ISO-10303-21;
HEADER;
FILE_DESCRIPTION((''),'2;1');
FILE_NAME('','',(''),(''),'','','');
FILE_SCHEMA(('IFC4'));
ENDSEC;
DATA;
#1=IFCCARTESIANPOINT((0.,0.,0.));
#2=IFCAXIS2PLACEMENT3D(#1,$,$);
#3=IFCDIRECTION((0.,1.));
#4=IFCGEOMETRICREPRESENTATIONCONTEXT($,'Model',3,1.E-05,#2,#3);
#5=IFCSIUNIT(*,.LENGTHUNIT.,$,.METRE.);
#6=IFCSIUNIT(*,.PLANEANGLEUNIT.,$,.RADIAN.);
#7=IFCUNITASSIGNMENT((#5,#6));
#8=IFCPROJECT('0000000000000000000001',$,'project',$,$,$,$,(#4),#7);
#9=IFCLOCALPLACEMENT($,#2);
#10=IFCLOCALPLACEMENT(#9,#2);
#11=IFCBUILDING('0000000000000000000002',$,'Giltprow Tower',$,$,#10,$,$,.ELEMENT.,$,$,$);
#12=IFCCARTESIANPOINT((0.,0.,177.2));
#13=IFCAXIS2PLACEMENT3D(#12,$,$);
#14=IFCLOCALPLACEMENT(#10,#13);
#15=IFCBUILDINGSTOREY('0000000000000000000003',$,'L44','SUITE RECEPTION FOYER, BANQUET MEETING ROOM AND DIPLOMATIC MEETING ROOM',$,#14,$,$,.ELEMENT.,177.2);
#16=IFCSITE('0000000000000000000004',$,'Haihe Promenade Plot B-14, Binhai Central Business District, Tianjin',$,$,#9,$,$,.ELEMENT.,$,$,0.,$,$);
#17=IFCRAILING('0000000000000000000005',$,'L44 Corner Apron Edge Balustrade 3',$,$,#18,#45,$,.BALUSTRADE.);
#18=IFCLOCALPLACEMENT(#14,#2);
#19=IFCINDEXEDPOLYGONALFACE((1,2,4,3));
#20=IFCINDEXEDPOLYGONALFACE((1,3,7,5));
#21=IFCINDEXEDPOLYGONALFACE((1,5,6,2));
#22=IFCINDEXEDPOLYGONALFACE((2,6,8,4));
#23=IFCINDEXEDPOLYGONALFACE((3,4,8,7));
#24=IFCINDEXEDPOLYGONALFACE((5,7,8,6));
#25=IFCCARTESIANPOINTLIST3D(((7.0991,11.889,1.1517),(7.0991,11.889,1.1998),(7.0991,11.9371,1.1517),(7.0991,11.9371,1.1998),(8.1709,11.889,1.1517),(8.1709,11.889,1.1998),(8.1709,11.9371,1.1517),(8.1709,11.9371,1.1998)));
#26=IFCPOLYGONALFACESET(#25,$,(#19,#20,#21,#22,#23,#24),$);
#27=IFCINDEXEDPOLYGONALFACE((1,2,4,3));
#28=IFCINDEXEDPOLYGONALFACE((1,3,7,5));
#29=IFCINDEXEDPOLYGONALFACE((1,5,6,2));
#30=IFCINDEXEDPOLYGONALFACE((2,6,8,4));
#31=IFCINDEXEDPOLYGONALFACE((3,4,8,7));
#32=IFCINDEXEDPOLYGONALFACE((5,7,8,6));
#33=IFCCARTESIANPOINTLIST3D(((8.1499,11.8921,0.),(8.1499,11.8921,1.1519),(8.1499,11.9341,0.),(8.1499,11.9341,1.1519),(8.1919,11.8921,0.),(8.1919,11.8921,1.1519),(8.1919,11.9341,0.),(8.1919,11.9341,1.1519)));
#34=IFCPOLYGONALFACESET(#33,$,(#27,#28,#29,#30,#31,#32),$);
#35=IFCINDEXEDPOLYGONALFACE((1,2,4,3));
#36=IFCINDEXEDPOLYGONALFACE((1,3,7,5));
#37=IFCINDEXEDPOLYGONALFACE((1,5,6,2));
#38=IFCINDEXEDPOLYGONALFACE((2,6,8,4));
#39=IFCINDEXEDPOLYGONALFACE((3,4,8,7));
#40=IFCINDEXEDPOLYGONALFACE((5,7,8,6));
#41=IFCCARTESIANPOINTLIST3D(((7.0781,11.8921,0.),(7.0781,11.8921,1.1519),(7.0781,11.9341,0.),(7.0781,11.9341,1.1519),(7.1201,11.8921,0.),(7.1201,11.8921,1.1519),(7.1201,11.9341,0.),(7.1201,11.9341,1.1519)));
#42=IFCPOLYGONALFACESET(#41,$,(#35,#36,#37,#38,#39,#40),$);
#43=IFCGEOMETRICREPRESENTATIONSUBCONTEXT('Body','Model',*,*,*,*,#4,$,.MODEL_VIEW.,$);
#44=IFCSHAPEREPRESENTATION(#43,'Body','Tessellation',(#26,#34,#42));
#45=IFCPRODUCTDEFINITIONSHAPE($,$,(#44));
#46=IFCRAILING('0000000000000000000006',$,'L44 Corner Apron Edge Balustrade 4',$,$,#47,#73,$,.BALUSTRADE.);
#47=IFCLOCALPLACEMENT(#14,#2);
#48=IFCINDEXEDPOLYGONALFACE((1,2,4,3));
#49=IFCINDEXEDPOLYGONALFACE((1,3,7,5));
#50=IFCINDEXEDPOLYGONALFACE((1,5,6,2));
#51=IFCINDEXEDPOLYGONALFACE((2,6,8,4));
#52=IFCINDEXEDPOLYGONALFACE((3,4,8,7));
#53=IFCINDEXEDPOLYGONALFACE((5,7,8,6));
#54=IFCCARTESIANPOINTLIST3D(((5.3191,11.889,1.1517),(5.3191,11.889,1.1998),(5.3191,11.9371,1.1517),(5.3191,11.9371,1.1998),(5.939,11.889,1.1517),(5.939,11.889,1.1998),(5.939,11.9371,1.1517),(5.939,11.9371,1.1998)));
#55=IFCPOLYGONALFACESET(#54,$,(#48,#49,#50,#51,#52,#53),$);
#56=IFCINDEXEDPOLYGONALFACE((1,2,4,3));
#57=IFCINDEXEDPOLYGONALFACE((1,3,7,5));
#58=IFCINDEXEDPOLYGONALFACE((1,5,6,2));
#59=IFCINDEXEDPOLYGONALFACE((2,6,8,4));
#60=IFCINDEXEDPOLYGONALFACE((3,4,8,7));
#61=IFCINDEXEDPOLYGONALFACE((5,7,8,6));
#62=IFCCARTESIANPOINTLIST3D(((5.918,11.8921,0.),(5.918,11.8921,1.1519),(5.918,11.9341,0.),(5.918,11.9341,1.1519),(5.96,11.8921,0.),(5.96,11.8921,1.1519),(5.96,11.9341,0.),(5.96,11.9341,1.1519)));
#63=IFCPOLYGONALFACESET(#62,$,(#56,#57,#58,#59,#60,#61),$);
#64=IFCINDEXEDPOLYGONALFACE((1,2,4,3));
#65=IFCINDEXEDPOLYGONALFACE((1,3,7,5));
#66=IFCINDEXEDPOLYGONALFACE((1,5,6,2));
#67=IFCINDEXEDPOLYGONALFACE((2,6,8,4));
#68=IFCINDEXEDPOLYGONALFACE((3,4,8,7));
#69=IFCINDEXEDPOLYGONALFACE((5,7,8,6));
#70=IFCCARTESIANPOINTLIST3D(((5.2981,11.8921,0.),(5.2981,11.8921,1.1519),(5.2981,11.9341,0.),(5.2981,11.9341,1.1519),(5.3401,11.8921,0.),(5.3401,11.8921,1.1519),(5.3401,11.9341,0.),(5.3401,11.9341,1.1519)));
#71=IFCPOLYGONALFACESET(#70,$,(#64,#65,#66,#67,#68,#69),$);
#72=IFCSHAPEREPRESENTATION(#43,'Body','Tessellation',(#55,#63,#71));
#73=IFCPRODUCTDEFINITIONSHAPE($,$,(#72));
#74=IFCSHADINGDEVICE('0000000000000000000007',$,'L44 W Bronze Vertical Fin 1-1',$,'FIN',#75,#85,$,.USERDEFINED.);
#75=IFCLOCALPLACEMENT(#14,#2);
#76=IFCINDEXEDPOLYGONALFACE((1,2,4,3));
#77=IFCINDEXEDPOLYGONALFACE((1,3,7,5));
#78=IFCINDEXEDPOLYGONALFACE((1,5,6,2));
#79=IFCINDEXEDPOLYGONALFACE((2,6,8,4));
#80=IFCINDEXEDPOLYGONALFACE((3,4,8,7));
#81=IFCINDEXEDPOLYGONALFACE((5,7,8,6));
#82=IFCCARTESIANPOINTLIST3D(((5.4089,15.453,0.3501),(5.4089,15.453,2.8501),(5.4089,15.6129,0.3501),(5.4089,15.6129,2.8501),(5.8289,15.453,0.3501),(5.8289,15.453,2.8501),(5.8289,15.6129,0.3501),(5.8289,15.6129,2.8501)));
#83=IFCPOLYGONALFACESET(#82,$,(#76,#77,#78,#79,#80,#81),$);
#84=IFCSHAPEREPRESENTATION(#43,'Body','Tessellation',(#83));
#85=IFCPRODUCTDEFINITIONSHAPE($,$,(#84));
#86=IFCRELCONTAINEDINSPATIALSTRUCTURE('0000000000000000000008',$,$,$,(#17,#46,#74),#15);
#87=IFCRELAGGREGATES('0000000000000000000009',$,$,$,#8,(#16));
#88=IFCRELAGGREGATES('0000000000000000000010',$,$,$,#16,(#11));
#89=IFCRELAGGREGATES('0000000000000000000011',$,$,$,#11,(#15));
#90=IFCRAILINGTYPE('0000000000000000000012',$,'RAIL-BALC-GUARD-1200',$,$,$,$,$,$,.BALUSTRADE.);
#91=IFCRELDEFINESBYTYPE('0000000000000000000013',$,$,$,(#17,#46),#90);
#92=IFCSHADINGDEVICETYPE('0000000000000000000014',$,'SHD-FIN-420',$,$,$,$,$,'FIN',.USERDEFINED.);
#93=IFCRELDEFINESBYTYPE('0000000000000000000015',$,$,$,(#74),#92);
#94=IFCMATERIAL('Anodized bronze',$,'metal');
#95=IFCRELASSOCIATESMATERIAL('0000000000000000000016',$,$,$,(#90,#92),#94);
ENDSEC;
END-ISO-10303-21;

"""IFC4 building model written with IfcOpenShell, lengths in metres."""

from ifc_helpers import new_model, si_unit, direction, frame, origin, origin_2d, place, context, subcontext, project, spatial, rectangle, extrude, source, transform, mapped, material, type_object, element, save


model = new_model("IFC4")

# Units and contexts
model_context = context("Model", 3, precision=1e-05, world=origin(), true_north=direction((0.0, 1.0)))
body_context = subcontext(model_context, "Body", "Model", "MODEL_VIEW")
ifc_project = project(units=[si_unit("LENGTHUNIT", "METRE"), si_unit("PLANEANGLEUNIT", "RADIAN")], contexts=[model_context])

# Site, building, storey
site_placement = place(None, origin())
site = spatial("IfcSite", under=ifc_project, at=site_placement, Name="Haihe Promenade Plot B-14, Binhai Central Business District, Tianjin", CompositionType="ELEMENT", RefElevation=0.0)
building_placement = place(site_placement, origin())
building = spatial("IfcBuilding", under=site, at=building_placement, Name="Giltprow Tower", CompositionType="ELEMENT")
storey_placement = place(building_placement, frame((0.0, 0.0, 177.2)))
storey = spatial("IfcBuildingStorey", under=building, at=storey_placement, Name="L44", Description="SUITE RECEPTION FOYER, BANQUET MEETING ROOM AND DIPLOMATIC MEETING ROOM", CompositionType="ELEMENT", Elevation=177.2)

# Shared definitions
ifc_material_1 = material(Name="Anodized bronze", Category="metal")

# Railings
railing_type = type_object("IfcRailingType", Name="RAIL-BALC-GUARD-1200", PredefinedType="BALUSTRADE", material=ifc_material_1)
railing_1_placement = place(storey_placement, frame((8.1709, 11.9131, 0.0)))
element("IfcRailing", 1, at=railing_1_placement, inside=storey, type_object=railing_type, Name="L44 Corner Apron Edge Balustrade 3", PredefinedType="BALUSTRADE", context=body_context, shape_type="SweptSolid", body=[
    extrude(rectangle(XDim=0.0481, YDim=0.0481, at=origin_2d()), frame((0.0, 0.0, 1.1758), z_axis=(-1.0, 0.0, 0.0), x_axis=(0.0, -1.0, 0.0)), (0.0, 0.0, 1.0), 1.0718),
    extrude(rectangle(XDim=0.042, YDim=0.042, at=origin_2d()), origin(), (0.0, 0.0, 1.0), 1.1519),
    extrude(rectangle(XDim=0.042, YDim=0.042, at=origin_2d()), frame((-1.0718, 0.0, 0.0)), (0.0, 0.0, 1.0), 1.1519),
])
railing_2_placement = place(storey_placement, frame((5.939, 11.9131, 0.0)))
element("IfcRailing", 2, at=railing_2_placement, inside=storey, type_object=railing_type, Name="L44 Corner Apron Edge Balustrade 4", PredefinedType="BALUSTRADE", context=body_context, shape_type="SweptSolid", body=[
    extrude(rectangle(XDim=0.0481, YDim=0.0481, at=origin_2d()), frame((0.0, 0.0, 1.1758), z_axis=(-1.0, 0.0, 0.0), x_axis=(0.0, -1.0, 0.0)), (0.0, 0.0, 1.0), 0.6199),
    extrude(rectangle(XDim=0.042, YDim=0.042, at=origin_2d()), origin(), (0.0, 0.0, 1.0), 1.1519),
    extrude(rectangle(XDim=0.042, YDim=0.042, at=origin_2d()), frame((-0.6199, 0.0, 0.0)), (0.0, 0.0, 1.0), 1.1519),
])

# Shading device
shading_device_type = type_object("IfcShadingDeviceType", Name="SHD-FIN-420", ElementType="FIN", PredefinedType="USERDEFINED", material=ifc_material_1)
shared_shape_1 = source(origin(), body_context, "Body", "SweptSolid", [
    extrude(rectangle(XDim=0.4199, YDim=0.1599, at=origin_2d()), origin(), (0.0, 0.0, 1.0), 2.5),
])
shading_device_placement = place(storey_placement, frame((5.6189, 15.533, 0.3501), z_axis=(0.0, 0.0, 1.0), x_axis=(1.0, 0.0, 0.0)))
element("IfcShadingDevice", 3, at=shading_device_placement, inside=storey, type_object=shading_device_type, Name="L44 W Bronze Vertical Fin 1-1", ObjectType="FIN", PredefinedType="USERDEFINED", context=body_context, shape_type="MappedRepresentation", body=[
    mapped(shared_shape_1, transform((0.0, 0.0, 0.0), x_axis=(1.0, 0.0, 0.0), y_axis=(0.0, 1.0, 0.0), z_axis=(0.0, 0.0, 1.0), scale=1.0)),
])

save(model, "model.ifc")
